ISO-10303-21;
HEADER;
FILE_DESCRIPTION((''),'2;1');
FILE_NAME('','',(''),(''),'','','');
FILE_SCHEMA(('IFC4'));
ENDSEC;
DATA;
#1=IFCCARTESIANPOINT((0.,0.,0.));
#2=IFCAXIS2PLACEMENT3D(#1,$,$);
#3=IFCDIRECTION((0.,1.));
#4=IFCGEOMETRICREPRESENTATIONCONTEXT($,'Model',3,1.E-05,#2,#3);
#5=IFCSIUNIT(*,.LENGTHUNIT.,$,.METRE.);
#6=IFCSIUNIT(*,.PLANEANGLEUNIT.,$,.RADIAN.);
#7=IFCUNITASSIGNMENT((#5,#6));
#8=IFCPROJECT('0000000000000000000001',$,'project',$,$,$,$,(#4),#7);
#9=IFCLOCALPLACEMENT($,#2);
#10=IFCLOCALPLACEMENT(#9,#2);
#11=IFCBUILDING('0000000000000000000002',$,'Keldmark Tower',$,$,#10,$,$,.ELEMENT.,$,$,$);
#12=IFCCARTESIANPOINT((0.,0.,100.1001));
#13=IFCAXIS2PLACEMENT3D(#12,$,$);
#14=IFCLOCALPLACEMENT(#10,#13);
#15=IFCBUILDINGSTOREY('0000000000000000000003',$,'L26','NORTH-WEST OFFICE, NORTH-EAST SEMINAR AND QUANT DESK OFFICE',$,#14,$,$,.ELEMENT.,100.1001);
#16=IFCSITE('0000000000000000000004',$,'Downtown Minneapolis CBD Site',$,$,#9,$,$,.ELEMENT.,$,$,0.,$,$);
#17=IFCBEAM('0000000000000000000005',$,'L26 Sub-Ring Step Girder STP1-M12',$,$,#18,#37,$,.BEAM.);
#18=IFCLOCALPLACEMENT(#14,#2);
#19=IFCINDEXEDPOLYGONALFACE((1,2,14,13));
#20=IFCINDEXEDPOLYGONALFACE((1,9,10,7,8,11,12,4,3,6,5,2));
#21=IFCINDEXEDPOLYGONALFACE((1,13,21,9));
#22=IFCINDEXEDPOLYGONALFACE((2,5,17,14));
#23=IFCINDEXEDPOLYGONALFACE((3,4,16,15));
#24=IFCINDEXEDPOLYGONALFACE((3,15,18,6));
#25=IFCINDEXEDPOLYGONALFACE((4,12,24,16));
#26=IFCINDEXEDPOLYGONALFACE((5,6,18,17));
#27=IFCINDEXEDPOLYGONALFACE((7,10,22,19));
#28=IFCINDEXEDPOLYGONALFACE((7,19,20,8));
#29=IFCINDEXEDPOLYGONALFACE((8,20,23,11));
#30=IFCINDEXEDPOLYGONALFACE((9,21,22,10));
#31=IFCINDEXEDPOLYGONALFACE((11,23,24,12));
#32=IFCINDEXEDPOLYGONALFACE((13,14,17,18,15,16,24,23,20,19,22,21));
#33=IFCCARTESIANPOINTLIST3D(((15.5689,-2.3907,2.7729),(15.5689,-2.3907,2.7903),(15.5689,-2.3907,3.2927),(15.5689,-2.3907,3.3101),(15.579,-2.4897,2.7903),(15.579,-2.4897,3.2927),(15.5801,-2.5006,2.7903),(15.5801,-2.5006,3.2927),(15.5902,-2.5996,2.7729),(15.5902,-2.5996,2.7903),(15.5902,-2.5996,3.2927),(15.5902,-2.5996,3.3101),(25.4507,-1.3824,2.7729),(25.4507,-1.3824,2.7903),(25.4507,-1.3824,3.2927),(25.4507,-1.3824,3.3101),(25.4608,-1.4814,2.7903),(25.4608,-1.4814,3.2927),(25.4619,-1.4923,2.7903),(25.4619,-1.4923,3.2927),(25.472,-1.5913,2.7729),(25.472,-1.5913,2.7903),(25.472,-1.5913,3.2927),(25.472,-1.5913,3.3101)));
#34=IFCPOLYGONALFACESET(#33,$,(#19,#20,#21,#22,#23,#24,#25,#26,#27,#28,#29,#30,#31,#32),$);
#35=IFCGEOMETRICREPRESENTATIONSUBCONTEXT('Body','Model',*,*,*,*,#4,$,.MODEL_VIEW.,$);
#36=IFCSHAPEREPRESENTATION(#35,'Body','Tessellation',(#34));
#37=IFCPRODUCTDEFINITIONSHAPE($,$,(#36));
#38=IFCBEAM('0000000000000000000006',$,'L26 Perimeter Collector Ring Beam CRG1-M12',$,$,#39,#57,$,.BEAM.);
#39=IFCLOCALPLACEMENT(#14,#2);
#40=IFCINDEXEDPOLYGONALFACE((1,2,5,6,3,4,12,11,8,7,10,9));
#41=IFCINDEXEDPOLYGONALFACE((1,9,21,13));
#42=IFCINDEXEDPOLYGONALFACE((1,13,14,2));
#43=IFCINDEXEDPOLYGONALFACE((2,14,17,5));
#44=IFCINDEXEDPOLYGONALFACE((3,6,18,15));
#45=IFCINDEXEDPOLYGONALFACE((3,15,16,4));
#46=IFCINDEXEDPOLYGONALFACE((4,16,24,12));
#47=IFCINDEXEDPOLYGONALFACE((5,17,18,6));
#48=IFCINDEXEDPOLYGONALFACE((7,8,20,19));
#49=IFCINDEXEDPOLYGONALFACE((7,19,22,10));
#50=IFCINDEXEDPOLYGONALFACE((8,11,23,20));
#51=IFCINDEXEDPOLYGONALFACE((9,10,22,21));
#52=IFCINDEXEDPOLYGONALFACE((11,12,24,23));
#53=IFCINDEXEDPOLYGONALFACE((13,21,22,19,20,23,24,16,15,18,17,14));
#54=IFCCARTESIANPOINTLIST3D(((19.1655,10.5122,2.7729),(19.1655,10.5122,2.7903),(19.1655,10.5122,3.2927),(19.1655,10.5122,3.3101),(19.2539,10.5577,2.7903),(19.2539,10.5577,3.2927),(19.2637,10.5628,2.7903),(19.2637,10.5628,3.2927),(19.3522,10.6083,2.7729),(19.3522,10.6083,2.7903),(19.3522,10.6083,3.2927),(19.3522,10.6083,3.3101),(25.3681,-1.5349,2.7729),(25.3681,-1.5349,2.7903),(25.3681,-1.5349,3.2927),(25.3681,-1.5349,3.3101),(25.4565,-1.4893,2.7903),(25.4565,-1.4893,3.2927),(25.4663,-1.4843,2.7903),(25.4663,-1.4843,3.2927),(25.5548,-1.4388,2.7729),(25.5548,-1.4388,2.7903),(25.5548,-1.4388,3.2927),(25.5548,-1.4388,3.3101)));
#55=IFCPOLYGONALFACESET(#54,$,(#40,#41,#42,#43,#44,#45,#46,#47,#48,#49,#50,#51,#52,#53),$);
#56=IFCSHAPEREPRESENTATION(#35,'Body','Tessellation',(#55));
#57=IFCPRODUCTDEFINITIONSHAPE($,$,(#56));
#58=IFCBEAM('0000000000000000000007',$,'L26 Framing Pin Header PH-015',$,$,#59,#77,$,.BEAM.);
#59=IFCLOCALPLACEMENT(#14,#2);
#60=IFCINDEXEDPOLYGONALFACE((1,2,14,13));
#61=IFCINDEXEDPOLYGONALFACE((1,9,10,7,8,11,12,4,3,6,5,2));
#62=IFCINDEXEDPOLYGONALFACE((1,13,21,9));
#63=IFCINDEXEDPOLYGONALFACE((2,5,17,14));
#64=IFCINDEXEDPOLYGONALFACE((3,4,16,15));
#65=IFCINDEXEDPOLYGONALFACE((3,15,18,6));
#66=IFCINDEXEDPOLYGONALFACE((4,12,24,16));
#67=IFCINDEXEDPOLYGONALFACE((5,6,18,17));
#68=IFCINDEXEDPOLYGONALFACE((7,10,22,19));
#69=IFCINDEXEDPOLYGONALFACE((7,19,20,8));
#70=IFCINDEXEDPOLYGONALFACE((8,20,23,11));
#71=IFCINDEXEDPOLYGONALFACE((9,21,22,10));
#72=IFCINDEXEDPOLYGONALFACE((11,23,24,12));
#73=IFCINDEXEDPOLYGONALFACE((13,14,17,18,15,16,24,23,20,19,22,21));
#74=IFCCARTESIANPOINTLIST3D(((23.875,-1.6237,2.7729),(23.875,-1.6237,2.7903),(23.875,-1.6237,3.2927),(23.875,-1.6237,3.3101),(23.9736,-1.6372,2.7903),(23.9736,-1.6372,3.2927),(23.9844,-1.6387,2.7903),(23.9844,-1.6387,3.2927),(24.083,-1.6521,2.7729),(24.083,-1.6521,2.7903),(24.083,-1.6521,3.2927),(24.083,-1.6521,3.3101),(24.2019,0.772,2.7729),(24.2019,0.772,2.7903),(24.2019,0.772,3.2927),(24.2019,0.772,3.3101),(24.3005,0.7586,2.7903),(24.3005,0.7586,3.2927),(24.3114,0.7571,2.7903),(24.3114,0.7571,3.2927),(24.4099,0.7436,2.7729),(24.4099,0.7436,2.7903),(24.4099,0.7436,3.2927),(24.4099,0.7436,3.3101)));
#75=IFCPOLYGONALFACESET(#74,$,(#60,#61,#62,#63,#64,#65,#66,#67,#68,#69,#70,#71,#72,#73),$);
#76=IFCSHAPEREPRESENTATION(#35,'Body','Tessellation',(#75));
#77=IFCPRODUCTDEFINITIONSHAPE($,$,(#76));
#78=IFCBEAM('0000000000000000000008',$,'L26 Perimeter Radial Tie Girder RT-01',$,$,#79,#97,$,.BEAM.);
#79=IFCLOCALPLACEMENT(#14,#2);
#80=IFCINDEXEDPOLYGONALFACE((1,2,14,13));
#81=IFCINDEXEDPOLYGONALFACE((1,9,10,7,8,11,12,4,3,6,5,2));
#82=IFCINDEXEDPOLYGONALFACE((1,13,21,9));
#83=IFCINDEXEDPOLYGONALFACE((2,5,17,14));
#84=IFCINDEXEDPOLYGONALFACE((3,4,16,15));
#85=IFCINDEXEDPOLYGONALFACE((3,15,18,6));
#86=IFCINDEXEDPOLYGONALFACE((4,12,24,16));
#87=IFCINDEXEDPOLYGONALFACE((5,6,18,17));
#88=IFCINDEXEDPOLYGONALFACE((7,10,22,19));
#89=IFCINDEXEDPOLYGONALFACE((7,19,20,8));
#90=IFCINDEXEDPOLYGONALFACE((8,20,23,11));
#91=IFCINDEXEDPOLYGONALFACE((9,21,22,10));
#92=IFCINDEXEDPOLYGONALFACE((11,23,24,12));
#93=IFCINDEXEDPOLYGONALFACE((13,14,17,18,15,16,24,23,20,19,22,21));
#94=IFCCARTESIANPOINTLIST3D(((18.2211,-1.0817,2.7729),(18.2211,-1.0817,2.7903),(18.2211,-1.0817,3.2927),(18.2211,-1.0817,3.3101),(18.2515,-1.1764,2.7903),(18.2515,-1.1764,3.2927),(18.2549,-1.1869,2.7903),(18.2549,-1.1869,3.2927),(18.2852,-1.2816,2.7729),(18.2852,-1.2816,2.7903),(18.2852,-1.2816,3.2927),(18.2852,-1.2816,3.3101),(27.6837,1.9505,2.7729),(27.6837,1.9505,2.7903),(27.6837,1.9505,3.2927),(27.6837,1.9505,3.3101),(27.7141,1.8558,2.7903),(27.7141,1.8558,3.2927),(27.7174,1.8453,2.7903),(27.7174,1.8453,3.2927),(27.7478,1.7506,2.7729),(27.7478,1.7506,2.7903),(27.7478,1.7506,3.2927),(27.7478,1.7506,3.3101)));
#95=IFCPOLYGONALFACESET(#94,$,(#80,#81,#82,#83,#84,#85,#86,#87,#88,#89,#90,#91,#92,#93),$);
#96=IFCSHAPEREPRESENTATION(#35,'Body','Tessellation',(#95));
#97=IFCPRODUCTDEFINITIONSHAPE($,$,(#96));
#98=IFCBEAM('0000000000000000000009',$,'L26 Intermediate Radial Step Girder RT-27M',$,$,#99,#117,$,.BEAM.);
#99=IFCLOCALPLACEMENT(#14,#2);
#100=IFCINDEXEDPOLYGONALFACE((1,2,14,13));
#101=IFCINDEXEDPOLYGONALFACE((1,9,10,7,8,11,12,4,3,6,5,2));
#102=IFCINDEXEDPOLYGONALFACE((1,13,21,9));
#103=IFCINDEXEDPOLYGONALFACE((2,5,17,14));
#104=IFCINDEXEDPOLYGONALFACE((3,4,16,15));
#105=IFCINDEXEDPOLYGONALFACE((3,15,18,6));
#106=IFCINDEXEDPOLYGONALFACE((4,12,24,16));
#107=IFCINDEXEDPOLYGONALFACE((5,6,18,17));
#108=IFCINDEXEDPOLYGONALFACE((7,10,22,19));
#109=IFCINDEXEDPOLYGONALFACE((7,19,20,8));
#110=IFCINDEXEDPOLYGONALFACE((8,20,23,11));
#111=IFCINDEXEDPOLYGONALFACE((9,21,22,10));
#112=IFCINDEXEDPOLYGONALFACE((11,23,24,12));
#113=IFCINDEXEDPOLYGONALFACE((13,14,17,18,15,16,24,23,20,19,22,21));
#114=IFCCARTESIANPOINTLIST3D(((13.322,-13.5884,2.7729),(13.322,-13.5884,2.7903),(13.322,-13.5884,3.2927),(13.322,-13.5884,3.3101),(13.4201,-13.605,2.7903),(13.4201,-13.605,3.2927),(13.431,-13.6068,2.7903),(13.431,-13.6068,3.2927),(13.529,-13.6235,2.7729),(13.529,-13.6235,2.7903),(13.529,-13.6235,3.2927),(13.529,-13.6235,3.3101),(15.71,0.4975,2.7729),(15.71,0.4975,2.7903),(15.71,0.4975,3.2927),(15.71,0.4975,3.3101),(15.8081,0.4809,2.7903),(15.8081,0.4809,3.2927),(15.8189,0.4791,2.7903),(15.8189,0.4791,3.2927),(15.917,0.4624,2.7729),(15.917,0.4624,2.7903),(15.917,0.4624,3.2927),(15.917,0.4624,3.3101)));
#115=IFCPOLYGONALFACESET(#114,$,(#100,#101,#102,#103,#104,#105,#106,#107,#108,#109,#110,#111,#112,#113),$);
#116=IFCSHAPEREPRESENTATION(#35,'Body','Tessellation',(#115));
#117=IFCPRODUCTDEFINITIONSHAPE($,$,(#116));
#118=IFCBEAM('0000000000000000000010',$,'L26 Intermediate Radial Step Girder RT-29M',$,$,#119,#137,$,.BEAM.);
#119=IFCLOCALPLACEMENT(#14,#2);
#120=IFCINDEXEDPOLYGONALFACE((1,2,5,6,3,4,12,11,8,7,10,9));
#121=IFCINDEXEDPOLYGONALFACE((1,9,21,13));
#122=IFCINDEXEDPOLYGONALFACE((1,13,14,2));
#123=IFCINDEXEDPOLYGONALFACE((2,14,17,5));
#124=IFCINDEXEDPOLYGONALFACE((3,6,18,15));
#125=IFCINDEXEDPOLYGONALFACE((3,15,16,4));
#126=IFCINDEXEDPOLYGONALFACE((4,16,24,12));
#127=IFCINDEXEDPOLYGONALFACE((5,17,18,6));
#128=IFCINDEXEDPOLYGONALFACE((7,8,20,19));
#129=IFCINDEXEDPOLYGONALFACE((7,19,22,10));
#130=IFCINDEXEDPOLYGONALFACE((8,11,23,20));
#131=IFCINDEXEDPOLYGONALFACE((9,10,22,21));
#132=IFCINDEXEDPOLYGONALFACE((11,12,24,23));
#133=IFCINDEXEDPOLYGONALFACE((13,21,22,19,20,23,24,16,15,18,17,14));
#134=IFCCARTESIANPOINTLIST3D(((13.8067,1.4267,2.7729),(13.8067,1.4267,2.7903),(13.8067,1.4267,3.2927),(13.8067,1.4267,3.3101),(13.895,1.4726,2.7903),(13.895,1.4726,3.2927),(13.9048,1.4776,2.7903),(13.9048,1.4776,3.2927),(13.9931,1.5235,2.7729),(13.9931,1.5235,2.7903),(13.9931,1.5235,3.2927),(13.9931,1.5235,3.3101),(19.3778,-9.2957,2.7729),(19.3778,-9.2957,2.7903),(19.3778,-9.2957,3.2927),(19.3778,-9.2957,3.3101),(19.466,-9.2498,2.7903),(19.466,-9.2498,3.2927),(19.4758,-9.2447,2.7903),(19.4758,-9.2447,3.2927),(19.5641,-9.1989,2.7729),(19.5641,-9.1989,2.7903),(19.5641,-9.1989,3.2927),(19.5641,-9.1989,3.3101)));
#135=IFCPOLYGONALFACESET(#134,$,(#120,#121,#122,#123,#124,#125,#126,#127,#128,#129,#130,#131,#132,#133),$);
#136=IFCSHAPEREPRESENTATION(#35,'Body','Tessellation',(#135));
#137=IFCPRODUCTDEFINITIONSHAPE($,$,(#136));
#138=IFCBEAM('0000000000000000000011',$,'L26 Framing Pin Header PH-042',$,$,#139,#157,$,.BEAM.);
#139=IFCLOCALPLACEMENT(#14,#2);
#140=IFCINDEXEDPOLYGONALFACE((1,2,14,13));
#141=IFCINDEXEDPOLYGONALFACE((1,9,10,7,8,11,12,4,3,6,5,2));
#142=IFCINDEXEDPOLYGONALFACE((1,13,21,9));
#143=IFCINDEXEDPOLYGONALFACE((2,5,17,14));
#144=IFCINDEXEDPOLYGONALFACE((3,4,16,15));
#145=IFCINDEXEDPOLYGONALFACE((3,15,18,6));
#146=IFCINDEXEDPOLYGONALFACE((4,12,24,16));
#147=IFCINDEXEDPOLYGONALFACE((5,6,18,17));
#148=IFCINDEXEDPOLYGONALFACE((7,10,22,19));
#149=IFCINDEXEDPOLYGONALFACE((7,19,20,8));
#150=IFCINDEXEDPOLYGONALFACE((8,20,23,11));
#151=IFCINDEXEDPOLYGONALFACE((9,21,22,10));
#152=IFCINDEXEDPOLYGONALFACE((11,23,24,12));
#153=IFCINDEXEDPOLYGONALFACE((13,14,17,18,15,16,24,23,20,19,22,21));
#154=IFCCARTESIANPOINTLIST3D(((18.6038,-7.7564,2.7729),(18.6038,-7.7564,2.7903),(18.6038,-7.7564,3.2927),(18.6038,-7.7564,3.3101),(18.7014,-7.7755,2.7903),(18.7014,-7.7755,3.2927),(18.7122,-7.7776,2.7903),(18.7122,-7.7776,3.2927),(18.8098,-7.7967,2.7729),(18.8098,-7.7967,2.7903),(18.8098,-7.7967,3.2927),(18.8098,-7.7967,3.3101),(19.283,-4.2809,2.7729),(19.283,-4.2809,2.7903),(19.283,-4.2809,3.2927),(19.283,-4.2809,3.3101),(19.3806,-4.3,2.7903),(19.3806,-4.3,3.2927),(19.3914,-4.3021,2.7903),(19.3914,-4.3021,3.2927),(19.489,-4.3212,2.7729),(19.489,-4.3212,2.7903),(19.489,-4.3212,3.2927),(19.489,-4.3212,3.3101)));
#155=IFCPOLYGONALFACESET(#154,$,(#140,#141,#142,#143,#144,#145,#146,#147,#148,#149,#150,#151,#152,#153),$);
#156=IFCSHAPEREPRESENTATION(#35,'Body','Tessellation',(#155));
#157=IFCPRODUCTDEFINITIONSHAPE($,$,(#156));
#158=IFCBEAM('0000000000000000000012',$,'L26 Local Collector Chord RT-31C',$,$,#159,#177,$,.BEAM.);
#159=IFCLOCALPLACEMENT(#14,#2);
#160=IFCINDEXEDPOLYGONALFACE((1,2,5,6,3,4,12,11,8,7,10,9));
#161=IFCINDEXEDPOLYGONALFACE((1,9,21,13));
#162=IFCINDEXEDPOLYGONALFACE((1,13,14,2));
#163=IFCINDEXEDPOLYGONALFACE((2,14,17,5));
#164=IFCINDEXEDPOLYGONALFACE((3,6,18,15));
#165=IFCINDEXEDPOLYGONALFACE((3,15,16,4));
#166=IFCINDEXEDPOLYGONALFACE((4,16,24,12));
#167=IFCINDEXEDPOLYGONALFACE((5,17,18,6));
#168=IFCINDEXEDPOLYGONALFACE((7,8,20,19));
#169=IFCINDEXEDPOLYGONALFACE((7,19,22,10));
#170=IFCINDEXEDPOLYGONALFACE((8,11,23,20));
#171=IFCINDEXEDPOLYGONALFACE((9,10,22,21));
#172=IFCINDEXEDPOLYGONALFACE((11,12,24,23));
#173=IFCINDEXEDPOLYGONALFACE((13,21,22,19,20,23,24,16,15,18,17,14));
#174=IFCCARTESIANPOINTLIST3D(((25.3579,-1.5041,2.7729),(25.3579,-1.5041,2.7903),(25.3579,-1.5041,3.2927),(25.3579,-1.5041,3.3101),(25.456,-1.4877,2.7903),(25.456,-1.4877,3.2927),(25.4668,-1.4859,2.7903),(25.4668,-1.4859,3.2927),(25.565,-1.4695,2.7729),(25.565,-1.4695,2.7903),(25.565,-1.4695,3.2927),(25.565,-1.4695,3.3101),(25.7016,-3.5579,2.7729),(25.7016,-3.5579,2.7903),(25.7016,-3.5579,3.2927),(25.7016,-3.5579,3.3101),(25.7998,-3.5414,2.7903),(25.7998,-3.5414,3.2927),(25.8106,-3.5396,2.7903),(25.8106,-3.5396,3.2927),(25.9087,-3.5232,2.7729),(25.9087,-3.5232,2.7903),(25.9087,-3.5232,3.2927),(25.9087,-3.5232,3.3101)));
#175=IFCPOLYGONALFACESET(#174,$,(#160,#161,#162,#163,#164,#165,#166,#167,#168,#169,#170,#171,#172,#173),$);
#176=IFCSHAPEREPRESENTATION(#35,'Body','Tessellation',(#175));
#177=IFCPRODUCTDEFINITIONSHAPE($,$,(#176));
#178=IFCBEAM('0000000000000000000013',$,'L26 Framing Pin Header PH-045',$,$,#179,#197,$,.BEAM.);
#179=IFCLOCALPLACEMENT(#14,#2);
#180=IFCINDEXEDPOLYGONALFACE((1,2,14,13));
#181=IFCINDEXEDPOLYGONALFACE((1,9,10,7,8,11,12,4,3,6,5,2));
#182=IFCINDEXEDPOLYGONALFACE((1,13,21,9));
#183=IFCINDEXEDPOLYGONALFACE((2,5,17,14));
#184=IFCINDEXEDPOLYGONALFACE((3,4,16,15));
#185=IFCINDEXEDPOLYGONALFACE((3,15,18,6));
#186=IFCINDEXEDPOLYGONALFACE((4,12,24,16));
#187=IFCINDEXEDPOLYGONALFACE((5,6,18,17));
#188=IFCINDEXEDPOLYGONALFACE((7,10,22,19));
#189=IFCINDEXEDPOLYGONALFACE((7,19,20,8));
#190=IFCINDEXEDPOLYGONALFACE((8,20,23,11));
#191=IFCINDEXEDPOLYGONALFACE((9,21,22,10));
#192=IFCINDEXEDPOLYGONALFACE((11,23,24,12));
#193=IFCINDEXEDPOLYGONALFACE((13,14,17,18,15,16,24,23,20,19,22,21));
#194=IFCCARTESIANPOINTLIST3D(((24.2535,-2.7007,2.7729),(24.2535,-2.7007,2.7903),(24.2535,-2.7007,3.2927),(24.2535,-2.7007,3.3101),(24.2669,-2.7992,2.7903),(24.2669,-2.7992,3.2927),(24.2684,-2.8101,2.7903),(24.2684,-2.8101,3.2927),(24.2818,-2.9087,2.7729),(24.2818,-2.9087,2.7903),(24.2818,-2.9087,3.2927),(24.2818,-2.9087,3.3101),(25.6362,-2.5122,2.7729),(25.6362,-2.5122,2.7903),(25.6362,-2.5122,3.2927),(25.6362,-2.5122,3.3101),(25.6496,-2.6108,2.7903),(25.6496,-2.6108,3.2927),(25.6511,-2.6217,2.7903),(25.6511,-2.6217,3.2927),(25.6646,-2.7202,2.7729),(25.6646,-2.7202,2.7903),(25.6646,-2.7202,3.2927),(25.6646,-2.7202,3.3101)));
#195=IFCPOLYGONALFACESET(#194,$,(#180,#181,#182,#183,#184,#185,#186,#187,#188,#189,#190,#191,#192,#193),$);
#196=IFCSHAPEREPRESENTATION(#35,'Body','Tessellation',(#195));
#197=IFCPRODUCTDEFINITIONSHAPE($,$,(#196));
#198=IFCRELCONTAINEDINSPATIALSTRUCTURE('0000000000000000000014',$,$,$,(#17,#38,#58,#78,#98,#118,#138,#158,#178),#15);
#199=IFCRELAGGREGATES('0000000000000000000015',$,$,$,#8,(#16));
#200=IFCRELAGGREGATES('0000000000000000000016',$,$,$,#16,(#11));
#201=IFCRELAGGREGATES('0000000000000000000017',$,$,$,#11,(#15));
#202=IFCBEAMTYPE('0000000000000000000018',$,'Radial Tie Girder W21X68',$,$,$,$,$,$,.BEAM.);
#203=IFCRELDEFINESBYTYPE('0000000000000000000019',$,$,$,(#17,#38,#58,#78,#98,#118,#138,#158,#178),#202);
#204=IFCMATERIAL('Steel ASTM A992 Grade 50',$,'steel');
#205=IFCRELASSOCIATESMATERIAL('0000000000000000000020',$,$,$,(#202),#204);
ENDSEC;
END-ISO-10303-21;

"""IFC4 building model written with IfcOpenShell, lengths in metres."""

from ifc_helpers import new_model, si_unit, direction, frame, origin, origin_2d, place, context, subcontext, project, spatial, i_section, extrude, material, material_profile, profile_set, type_object, element, save


model = new_model("IFC4")

# Units and contexts
model_context = context("Model", 3, precision=1e-05, world=origin(), true_north=direction((0.0, 1.0)))
body_context = subcontext(model_context, "Body", "Model", "MODEL_VIEW")
ifc_project = project(units=[si_unit("LENGTHUNIT", "METRE"), si_unit("PLANEANGLEUNIT", "RADIAN")], contexts=[model_context])

# Site, building, storey
site_placement = place(None, origin())
site = spatial("IfcSite", under=ifc_project, at=site_placement, Name="Downtown Minneapolis CBD Site", CompositionType="ELEMENT", RefElevation=0.0)
building_placement = place(site_placement, origin())
building = spatial("IfcBuilding", under=site, at=building_placement, Name="Keldmark Tower", CompositionType="ELEMENT")
storey_placement = place(building_placement, frame((0.0, 0.0, 100.1001)))
storey = spatial("IfcBuildingStorey", under=building, at=storey_placement, Name="L26", Description="NORTH-WEST OFFICE, NORTH-EAST SEMINAR AND QUANT DESK OFFICE", CompositionType="ELEMENT", Elevation=100.1001)

# Beams
ifc_material_1 = material(Name="Steel ASTM A992 Grade 50", Category="steel")
ifc_material_profile_1 = material_profile(ifc_material_1, i_section(OverallWidth=0.21, OverallDepth=0.5371, WebThickness=0.011, FlangeThickness=0.0173, at=origin_2d()), Name="W21X68")
ifc_profile_set_1 = profile_set([ifc_material_profile_1], Name="Steel ASTM A992 Grade 50")
beam_type_1 = type_object("IfcBeamType", Name="Radial Tie Girder W21X68", PredefinedType="BEAM", material=ifc_profile_set_1)
beam_1_placement = place(storey_placement, frame((15.5796, -2.4951, 3.0415), z_axis=(0.994835, 0.101509, 0.0), x_axis=(-0.101509, 0.994835, 0.0)))
element("IfcBeam", 1, at=beam_1_placement, inside=storey, type_object=beam_type_1, Name="L26 Sub-Ring Step Girder STP1-M12", PredefinedType="BEAM", context=body_context, shape_type="SweptSolid", body=[
    extrude(i_section(OverallWidth=0.21, OverallDepth=0.5371, WebThickness=0.011, FlangeThickness=0.0173, at=origin_2d()), origin(), (0.0, 0.0, 1.0), 9.9331),
])
beam_2_placement = place(storey_placement, frame((25.4614, -1.4868, 3.0415), z_axis=(-0.457755, 0.889078, 0.0), x_axis=(-0.889078, -0.457755, 0.0)))
element("IfcBeam", 2, at=beam_2_placement, inside=storey, type_object=beam_type_1, Name="L26 Perimeter Collector Ring Beam CRG1-M12", PredefinedType="BEAM", context=body_context, shape_type="SweptSolid", body=[
    extrude(i_section(OverallWidth=0.21, OverallDepth=0.5371, WebThickness=0.011, FlangeThickness=0.0173, at=origin_2d()), origin(), (0.0, 0.0, 1.0), 13.55),
])
beam_3_placement = place(storey_placement, frame((23.979, -1.6379, 3.0415), z_axis=(0.135199, 0.990818, 0.0), x_axis=(-0.990818, 0.135199, 0.0)))
element("IfcBeam", 3, at=beam_3_placement, inside=storey, type_object=beam_type_1, Name="L26 Framing Pin Header PH-015", PredefinedType="BEAM", context=body_context, shape_type="SweptSolid", body=[
    extrude(i_section(OverallWidth=0.21, OverallDepth=0.5371, WebThickness=0.011, FlangeThickness=0.0173, at=origin_2d()), origin(), (0.0, 0.0, 1.0), 2.418),
])
beam_4_placement = place(storey_placement, frame((18.2532, -1.1816, 3.0415), z_axis=(0.952302, 0.305157, 0.0), x_axis=(-0.305157, 0.952302, 0.0)))
element("IfcBeam", 4, at=beam_4_placement, inside=storey, type_object=beam_type_1, Name="L26 Perimeter Radial Tie Girder RT-01", PredefinedType="BEAM", context=body_context, shape_type="SweptSolid", body=[
    extrude(i_section(OverallWidth=0.21, OverallDepth=0.5371, WebThickness=0.011, FlangeThickness=0.0173, at=origin_2d()), origin(), (0.0, 0.0, 1.0), 9.9365),
])
beam_5_placement = place(storey_placement, frame((15.8135, 0.48, 3.0415), z_axis=(-0.167142, -0.985933, 0.0), x_axis=(0.985933, -0.167142, 0.0)))
element("IfcBeam", 5, at=beam_5_placement, inside=storey, type_object=beam_type_1, Name="L26 Intermediate Radial Step Girder RT-27M", PredefinedType="BEAM", context=body_context, shape_type="SweptSolid", body=[
    extrude(i_section(OverallWidth=0.21, OverallDepth=0.5371, WebThickness=0.011, FlangeThickness=0.0173, at=origin_2d()), origin(), (0.0, 0.0, 1.0), 14.2869),
])
beam_6_placement = place(storey_placement, frame((13.8999, 1.4751, 3.0415), z_axis=(0.461052, -0.887373, 0.0), x_axis=(0.887373, 0.461052, 0.0)))
element("IfcBeam", 6, at=beam_6_placement, inside=storey, type_object=beam_type_1, Name="L26 Intermediate Radial Step Girder RT-29M", PredefinedType="BEAM", context=body_context, shape_type="SweptSolid", body=[
    extrude(i_section(OverallWidth=0.21, OverallDepth=0.5371, WebThickness=0.011, FlangeThickness=0.0173, at=origin_2d()), origin(), (0.0, 0.0, 1.0), 12.0833),
])
beam_7_placement = place(storey_placement, frame((19.386, -4.301, 3.0415), z_axis=(-0.191792, -0.981436, 0.0), x_axis=(0.981436, -0.191792, 0.0)))
element("IfcBeam", 7, at=beam_7_placement, inside=storey, type_object=beam_type_1, Name="L26 Framing Pin Header PH-042", PredefinedType="BEAM", context=body_context, shape_type="SweptSolid", body=[
    extrude(i_section(OverallWidth=0.21, OverallDepth=0.5371, WebThickness=0.011, FlangeThickness=0.0173, at=origin_2d()), origin(), (0.0, 0.0, 1.0), 3.5413),
])
beam_8_placement = place(storey_placement, frame((25.4614, -1.4868, 3.0415), z_axis=(0.165083, -0.98628, 0.0), x_axis=(0.98628, 0.165083, 0.0)))
element("IfcBeam", 8, at=beam_8_placement, inside=storey, type_object=beam_type_1, Name="L26 Local Collector Chord RT-31C", PredefinedType="BEAM", context=body_context, shape_type="SweptSolid", body=[
    extrude(i_section(OverallWidth=0.21, OverallDepth=0.5371, WebThickness=0.011, FlangeThickness=0.0173, at=origin_2d()), origin(), (0.0, 0.0, 1.0), 2.0823),
])
beam_9_placement = place(storey_placement, frame((25.6504, -2.6162, 3.0415), z_axis=(-0.990839, -0.135051, 0.0), x_axis=(0.135051, -0.990839, 0.0)))
element("IfcBeam", 9, at=beam_9_placement, inside=storey, type_object=beam_type_1, Name="L26 Framing Pin Header PH-045", PredefinedType="BEAM", context=body_context, shape_type="SweptSolid", body=[
    extrude(i_section(OverallWidth=0.21, OverallDepth=0.5371, WebThickness=0.011, FlangeThickness=0.0173, at=origin_2d()), origin(), (0.0, 0.0, 1.0), 1.3955),
])

save(model, "model.ifc")
